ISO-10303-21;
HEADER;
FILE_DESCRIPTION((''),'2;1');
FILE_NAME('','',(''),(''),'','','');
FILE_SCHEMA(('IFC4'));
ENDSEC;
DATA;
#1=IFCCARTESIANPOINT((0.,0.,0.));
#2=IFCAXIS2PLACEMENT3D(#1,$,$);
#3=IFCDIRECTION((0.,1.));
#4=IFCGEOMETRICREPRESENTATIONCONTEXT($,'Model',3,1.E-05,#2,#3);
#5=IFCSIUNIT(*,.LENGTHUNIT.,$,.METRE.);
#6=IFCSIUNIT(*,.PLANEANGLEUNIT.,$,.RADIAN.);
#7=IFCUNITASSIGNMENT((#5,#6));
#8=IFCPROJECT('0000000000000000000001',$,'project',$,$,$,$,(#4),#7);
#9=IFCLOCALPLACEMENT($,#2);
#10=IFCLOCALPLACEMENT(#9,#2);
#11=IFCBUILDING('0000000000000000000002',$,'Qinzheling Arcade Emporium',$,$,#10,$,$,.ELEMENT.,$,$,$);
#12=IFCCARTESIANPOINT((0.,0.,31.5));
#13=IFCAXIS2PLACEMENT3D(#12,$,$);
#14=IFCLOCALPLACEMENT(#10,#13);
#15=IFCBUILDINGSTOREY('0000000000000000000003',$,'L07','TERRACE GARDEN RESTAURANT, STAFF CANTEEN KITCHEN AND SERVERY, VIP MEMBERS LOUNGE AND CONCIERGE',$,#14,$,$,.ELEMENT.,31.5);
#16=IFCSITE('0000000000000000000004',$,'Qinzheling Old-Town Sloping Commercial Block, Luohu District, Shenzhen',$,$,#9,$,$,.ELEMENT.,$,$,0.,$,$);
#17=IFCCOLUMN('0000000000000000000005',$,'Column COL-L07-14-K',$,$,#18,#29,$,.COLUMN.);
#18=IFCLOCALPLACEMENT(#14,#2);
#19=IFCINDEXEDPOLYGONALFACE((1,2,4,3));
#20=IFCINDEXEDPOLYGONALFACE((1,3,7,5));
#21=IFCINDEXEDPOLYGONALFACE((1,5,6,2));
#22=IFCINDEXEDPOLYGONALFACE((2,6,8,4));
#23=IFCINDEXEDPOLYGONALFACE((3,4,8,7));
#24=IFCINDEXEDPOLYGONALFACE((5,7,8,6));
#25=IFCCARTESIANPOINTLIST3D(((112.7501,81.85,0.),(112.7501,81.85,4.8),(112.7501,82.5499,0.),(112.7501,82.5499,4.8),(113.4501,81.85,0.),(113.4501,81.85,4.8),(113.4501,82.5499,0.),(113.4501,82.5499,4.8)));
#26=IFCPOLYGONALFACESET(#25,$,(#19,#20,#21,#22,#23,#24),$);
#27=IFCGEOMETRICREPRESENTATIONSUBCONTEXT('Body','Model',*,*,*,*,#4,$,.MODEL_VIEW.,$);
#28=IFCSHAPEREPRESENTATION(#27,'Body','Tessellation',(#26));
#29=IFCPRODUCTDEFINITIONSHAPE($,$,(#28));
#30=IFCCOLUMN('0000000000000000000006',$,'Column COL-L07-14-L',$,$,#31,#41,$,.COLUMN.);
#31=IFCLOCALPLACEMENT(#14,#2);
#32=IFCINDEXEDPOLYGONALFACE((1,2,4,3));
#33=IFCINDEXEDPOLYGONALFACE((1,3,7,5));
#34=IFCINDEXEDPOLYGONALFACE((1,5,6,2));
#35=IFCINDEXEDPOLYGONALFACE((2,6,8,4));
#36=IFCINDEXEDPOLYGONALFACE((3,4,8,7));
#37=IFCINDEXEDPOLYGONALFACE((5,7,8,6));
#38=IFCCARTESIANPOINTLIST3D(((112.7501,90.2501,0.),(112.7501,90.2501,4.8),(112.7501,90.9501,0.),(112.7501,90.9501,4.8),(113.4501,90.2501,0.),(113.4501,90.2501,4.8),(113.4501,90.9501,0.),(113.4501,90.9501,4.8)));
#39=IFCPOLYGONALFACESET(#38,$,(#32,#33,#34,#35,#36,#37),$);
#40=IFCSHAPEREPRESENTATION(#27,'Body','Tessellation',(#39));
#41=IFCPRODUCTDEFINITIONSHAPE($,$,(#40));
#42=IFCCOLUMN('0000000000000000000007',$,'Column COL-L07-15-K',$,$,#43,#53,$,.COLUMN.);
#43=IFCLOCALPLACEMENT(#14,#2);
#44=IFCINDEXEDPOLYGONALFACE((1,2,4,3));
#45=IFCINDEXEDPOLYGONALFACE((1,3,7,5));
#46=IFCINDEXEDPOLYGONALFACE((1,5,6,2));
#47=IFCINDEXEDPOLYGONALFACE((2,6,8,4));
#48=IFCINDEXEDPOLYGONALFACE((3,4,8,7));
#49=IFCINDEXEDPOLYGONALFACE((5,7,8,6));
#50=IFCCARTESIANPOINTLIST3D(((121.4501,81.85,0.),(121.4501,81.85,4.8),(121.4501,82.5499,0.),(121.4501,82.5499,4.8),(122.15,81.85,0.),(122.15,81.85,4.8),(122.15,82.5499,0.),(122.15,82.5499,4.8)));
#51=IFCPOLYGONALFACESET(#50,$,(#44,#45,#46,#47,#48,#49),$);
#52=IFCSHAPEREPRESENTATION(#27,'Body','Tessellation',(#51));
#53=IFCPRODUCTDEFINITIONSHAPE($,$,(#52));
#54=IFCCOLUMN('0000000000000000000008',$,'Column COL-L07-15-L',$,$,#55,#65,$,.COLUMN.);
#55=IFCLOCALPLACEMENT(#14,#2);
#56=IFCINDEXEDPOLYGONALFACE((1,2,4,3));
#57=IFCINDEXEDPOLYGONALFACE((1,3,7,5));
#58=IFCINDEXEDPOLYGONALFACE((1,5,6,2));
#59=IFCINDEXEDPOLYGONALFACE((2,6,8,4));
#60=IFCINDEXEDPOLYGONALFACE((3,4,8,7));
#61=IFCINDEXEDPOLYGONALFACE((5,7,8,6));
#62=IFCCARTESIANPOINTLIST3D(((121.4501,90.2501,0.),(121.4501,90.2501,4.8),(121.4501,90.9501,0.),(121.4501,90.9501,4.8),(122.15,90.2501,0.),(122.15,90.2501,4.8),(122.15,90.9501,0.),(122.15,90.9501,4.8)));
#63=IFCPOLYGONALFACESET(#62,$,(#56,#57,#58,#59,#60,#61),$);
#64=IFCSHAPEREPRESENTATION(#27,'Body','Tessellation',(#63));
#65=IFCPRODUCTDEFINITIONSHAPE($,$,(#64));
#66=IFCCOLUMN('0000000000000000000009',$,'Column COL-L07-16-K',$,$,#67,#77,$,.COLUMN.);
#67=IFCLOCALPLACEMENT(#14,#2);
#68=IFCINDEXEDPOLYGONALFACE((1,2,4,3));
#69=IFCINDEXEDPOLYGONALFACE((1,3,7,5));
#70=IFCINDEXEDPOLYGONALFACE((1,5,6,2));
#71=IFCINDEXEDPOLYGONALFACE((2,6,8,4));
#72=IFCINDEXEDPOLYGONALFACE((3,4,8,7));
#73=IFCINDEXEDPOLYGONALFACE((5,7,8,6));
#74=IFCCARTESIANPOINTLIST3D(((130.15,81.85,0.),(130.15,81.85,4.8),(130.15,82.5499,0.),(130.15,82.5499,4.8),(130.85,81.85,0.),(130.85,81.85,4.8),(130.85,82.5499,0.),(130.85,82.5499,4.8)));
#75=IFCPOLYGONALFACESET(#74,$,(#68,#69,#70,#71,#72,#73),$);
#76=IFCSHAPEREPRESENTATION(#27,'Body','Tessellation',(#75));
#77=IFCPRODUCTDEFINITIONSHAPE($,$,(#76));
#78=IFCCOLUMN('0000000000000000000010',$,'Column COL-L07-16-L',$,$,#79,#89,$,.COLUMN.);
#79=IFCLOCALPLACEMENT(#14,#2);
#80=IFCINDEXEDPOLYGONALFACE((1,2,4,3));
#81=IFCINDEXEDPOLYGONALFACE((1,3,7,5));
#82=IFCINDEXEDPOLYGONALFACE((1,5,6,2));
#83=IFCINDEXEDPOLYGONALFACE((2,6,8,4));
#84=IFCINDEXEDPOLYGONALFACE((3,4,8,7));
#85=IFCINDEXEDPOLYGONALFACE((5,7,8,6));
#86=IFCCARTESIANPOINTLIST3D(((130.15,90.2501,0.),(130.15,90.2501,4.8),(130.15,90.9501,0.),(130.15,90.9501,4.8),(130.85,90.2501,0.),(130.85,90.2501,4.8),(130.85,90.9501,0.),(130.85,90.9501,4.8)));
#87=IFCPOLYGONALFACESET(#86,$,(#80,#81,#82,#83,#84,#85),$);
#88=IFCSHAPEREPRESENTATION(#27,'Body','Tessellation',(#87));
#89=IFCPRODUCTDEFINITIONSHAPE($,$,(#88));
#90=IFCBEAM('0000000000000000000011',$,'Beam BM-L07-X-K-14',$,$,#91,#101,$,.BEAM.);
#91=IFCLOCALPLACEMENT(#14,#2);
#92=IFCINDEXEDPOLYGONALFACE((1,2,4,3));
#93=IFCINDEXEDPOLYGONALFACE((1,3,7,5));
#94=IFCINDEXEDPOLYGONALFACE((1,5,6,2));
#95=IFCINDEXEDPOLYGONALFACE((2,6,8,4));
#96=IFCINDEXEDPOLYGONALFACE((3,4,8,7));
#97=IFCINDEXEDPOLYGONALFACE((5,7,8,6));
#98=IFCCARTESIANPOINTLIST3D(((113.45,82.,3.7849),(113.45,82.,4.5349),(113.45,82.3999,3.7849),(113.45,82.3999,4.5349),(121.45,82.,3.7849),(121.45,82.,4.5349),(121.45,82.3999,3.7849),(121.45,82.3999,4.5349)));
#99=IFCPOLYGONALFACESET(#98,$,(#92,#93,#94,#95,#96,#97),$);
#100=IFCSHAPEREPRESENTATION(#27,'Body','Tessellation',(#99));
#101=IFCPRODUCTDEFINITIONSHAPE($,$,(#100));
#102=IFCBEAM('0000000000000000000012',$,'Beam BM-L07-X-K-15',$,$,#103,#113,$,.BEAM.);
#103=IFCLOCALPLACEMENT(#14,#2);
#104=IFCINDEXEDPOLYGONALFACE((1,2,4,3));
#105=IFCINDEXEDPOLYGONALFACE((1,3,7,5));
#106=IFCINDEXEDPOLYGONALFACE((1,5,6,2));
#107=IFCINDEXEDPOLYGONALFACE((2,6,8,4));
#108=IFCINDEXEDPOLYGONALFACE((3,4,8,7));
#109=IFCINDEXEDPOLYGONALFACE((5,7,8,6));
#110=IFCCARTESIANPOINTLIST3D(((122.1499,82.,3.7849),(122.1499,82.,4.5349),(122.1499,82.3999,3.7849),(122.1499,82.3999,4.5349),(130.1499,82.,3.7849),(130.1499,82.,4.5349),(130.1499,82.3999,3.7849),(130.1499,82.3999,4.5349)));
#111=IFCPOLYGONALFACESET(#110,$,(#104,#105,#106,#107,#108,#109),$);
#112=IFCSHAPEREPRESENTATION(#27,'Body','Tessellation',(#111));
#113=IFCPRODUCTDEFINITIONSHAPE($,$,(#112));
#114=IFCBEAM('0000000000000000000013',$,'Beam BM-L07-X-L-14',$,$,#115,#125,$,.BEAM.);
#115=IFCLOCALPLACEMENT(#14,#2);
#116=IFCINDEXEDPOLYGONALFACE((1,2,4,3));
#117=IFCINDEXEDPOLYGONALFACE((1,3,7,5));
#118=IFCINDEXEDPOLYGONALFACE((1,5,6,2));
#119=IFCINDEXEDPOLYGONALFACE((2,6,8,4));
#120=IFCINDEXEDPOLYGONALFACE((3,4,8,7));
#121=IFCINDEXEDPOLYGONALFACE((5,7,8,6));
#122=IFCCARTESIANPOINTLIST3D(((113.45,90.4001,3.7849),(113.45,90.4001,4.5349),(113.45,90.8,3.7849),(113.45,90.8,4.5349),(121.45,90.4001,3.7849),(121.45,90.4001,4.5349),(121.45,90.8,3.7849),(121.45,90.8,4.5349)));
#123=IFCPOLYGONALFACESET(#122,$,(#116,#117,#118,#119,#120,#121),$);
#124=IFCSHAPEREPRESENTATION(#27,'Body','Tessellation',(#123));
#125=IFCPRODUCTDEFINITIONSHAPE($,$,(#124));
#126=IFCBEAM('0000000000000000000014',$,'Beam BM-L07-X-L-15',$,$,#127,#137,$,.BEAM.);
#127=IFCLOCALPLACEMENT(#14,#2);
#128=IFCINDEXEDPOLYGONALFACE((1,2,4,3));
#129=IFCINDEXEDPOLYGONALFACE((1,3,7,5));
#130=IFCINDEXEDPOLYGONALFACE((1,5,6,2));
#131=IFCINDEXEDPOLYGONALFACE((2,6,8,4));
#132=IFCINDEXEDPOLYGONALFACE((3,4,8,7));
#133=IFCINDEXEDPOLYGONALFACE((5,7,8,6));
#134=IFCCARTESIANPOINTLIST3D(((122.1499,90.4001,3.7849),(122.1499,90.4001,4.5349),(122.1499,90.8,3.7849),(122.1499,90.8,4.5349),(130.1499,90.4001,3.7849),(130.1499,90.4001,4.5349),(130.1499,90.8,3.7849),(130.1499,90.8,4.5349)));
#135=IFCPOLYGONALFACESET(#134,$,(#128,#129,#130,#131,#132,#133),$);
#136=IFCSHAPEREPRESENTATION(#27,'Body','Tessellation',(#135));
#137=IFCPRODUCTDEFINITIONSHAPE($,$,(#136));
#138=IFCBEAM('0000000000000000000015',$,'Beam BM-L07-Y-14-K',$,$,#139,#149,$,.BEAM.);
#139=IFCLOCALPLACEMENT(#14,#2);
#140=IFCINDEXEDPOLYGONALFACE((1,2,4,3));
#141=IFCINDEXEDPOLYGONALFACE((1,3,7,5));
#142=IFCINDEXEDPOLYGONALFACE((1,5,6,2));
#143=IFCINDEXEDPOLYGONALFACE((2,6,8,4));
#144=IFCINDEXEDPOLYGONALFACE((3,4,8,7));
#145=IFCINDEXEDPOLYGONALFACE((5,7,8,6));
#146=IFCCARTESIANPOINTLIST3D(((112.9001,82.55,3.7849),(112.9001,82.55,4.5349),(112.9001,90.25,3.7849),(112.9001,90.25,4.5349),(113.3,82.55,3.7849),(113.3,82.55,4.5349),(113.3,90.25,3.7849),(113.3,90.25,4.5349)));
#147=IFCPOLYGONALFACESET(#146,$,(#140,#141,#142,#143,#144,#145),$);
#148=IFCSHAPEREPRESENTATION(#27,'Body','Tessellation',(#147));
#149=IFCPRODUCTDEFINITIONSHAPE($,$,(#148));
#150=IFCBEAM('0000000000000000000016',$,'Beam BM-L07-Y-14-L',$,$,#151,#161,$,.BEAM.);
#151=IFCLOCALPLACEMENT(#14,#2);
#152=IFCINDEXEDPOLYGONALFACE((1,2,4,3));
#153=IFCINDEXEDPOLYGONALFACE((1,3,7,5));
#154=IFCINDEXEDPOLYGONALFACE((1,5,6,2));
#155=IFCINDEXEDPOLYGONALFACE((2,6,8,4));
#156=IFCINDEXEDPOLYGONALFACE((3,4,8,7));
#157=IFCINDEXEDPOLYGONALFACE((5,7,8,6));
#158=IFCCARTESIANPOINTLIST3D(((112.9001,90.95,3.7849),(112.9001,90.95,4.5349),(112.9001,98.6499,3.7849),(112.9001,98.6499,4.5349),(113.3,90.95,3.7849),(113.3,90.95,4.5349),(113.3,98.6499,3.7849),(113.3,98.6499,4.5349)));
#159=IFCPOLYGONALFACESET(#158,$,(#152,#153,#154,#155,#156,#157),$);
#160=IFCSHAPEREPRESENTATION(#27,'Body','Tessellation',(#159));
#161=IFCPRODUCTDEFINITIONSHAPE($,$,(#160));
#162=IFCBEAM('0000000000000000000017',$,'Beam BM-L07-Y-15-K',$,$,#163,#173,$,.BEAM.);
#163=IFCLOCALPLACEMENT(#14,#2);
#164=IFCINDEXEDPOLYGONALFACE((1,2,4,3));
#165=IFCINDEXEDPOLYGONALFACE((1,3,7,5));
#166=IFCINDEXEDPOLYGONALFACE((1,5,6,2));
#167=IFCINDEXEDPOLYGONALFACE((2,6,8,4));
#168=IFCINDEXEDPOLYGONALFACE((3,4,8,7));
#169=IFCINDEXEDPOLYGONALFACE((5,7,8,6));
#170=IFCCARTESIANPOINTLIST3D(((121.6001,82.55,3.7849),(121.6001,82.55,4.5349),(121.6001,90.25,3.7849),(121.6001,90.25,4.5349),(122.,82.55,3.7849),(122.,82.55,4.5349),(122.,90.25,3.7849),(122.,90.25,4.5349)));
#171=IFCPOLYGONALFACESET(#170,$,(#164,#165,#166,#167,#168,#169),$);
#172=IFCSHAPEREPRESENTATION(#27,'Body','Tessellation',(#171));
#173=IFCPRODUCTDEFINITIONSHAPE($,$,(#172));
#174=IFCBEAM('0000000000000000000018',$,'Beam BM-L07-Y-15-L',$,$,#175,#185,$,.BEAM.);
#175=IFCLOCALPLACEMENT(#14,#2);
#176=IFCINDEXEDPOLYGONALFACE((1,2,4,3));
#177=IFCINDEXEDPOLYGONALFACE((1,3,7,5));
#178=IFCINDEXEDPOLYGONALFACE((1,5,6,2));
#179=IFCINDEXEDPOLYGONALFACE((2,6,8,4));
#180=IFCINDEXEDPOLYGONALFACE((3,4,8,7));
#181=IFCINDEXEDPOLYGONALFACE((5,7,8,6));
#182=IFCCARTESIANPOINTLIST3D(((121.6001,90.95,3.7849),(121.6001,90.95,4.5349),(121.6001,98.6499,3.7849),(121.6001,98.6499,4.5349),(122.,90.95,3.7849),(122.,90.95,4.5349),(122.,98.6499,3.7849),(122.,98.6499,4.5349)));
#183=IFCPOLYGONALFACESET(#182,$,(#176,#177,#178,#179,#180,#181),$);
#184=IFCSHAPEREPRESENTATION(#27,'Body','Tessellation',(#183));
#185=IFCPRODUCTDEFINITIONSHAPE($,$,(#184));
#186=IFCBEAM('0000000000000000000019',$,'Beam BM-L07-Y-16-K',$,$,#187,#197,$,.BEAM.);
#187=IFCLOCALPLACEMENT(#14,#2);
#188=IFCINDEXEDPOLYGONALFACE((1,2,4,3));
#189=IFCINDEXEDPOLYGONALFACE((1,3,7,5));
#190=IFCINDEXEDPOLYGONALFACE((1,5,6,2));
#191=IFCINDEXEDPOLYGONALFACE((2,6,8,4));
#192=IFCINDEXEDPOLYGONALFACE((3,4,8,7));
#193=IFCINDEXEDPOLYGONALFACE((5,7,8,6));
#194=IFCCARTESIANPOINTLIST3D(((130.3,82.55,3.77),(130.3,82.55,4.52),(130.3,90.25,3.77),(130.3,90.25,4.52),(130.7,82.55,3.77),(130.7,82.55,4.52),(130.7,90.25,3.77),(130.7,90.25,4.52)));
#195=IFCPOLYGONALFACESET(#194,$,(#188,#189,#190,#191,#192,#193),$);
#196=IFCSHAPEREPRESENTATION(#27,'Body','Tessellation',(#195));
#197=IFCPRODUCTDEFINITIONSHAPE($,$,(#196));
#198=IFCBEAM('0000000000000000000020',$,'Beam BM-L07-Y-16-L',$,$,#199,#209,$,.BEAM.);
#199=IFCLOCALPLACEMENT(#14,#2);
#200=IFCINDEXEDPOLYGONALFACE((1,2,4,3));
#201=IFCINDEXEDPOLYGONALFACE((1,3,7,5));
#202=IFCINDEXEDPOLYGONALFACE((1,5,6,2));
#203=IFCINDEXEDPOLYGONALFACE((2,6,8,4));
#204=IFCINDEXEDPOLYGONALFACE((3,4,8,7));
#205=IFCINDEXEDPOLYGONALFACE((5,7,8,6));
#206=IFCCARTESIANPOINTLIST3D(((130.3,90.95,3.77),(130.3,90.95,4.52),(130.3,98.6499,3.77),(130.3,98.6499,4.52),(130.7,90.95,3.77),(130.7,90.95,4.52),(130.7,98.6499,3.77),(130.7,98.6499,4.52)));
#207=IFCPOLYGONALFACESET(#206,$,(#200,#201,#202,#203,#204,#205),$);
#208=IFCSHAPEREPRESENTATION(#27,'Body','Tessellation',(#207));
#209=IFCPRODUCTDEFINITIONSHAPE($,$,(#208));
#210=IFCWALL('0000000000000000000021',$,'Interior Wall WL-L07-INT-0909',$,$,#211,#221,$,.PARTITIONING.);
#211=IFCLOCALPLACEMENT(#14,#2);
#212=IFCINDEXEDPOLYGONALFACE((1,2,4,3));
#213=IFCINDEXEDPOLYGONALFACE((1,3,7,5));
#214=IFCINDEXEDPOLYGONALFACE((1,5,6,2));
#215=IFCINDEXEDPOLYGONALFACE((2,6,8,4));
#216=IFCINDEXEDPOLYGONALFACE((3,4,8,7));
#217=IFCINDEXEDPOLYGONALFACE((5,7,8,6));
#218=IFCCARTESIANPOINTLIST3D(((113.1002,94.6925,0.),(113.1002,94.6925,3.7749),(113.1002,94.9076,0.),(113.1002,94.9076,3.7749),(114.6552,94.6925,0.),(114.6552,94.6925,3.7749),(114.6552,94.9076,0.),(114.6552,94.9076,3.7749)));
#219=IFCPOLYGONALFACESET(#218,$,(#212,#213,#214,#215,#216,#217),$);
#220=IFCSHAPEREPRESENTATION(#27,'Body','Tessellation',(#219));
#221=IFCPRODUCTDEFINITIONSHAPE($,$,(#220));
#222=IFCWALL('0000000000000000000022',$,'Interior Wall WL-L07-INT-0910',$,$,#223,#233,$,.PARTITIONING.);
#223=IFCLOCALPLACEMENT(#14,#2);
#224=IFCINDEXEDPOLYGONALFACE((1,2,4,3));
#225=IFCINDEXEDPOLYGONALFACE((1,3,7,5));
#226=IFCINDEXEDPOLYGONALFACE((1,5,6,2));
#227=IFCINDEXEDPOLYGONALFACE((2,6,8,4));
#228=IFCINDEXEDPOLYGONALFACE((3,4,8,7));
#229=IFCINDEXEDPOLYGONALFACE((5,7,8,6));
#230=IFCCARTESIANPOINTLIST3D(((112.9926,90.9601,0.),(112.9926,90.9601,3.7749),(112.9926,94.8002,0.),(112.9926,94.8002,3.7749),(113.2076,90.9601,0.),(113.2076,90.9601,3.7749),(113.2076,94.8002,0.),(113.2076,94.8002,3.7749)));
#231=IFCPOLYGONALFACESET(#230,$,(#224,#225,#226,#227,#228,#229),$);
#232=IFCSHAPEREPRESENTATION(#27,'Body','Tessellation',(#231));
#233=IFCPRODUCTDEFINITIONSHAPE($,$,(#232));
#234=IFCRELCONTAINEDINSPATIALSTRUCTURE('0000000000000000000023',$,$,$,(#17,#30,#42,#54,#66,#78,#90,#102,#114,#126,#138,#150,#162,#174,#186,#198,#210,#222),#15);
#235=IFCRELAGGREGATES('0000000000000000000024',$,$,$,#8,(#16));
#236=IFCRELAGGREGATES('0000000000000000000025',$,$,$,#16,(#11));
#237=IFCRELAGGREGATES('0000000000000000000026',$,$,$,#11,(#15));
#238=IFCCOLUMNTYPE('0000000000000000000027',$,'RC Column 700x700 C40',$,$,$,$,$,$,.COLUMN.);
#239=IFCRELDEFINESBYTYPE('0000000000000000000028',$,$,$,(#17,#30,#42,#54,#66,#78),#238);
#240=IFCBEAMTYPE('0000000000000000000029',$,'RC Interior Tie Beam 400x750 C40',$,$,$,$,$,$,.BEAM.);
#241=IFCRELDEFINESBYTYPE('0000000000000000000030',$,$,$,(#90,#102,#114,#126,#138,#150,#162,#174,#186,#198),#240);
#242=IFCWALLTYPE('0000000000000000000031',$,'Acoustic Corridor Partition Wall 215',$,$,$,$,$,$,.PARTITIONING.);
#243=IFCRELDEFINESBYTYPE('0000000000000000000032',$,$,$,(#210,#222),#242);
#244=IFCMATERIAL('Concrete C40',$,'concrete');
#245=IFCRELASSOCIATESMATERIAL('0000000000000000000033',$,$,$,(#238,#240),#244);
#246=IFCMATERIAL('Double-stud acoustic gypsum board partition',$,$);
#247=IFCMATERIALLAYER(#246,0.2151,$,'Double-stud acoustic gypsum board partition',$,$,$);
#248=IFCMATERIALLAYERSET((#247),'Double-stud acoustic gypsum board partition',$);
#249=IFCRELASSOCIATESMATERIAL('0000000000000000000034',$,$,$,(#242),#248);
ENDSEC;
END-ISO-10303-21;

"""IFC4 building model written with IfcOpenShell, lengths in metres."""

from ifc_helpers import new_model, si_unit, direction, frame, frame_2d, origin, origin_2d, place, context, subcontext, project, spatial, rectangle, extrude, material, layer, layer_set, material_profile, profile_set, type_object, element, save


model = new_model("IFC4")

# Units and contexts
model_context = context("Model", 3, precision=1e-05, world=origin(), true_north=direction((0.0, 1.0)))
body_context = subcontext(model_context, "Body", "Model", "MODEL_VIEW")
ifc_project = project(units=[si_unit("LENGTHUNIT", "METRE"), si_unit("PLANEANGLEUNIT", "RADIAN")], contexts=[model_context])

# Site, building, storey
site_placement = place(None, origin())
site = spatial("IfcSite", under=ifc_project, at=site_placement, Name="Qinzheling Old-Town Sloping Commercial Block, Luohu District, Shenzhen", CompositionType="ELEMENT", RefElevation=0.0)
building_placement = place(site_placement, origin())
building = spatial("IfcBuilding", under=site, at=building_placement, Name="Qinzheling Arcade Emporium", CompositionType="ELEMENT")
storey_placement = place(building_placement, frame((0.0, 0.0, 31.5)))
storey = spatial("IfcBuildingStorey", under=building, at=storey_placement, Name="L07", Description="TERRACE GARDEN RESTAURANT, STAFF CANTEEN KITCHEN AND SERVERY, VIP MEMBERS LOUNGE AND CONCIERGE", CompositionType="ELEMENT", Elevation=31.5)

# Columns
ifc_material_1 = material(Name="Concrete C40", Category="concrete")
ifc_material_profile_1 = material_profile(ifc_material_1, rectangle(XDim=0.7, YDim=0.7, at=origin_2d()), Name="RC 700x700", Category="concrete")
ifc_profile_set_1 = profile_set([ifc_material_profile_1], Name="Concrete C40")
column_type = type_object("IfcColumnType", Name="RC Column 700x700 C40", PredefinedType="COLUMN", material=ifc_profile_set_1)
for number, where, z_axis, x_axis, name in (
    (1, (113.1001, 82.2, 0.0), (0.0, 0.0, 1.0), (1.0, 0.0, 0.0), "Column COL-L07-14-K"),
    (2, (113.1001, 90.6001, 0.0), (0.0, 0.0, 1.0), (1.0, 0.0, 0.0), "Column COL-L07-14-L"),
    (3, (121.8, 82.2, 0.0), (0.0, 0.0, 1.0), (1.0, 0.0, 0.0), "Column COL-L07-15-K"),
    (4, (121.8, 90.6001, 0.0), (0.0, 0.0, 1.0), (1.0, 0.0, 0.0), "Column COL-L07-15-L"),
    (5, (130.5, 82.2, 0.0), (0.0, 0.0, 1.0), (1.0, 0.0, 0.0), "Column COL-L07-16-K"),
    (6, (130.5, 90.6001, 0.0), (0.0, 0.0, 1.0), (1.0, 0.0, 0.0), "Column COL-L07-16-L"),
):
    element("IfcColumn", number, at=place(storey_placement, frame(where, z_axis=z_axis, x_axis=x_axis)), inside=storey, type_object=column_type, Name=name, PredefinedType="COLUMN", context=body_context, shape_type="SweptSolid", body=[
        extrude(rectangle(XDim=0.7, YDim=0.7, at=origin_2d()), origin(), (0.0, 0.0, 1.0), 4.8),
    ])

# Beams
ifc_material_profile_2 = material_profile(ifc_material_1, rectangle(XDim=0.3999, YDim=0.75, at=origin_2d()), Name="RC 400x750", Category="concrete")
ifc_profile_set_2 = profile_set([ifc_material_profile_2], Name="Concrete C40")
beam_type = type_object("IfcBeamType", Name="RC Interior Tie Beam 400x750 C40", PredefinedType="BEAM", material=ifc_profile_set_2)
for number, where, z_axis, x_axis, name in (
    (7, (113.45, 82.2, 4.1599), (1.0, 0.0, 0.0), (0.0, 1.0, 0.0), "Beam BM-L07-X-K-14"),
    (8, (122.1499, 82.2, 4.1599), (1.0, 0.0, 0.0), (0.0, 1.0, 0.0), "Beam BM-L07-X-K-15"),
    (9, (113.45, 90.6001, 4.1599), (1.0, 0.0, 0.0), (0.0, 1.0, 0.0), "Beam BM-L07-X-L-14"),
    (10, (122.1499, 90.6001, 4.1599), (1.0, 0.0, 0.0), (0.0, 1.0, 0.0), "Beam BM-L07-X-L-15"),
):
    element("IfcBeam", number, at=place(storey_placement, frame(where, z_axis=z_axis, x_axis=x_axis)), inside=storey, type_object=beam_type, Name=name, PredefinedType="BEAM", context=body_context, shape_type="SweptSolid", body=[
        extrude(rectangle(XDim=0.3999, YDim=0.75, at=origin_2d()), origin(), (0.0, 0.0, 1.0), 8.0),
    ])
for number, where, z_axis, x_axis, name in (
    (11, (113.1001, 82.55, 4.1599), (0.0, 1.0, 0.0), (-1.0, 0.0, 0.0), "Beam BM-L07-Y-14-K"),
    (12, (113.1001, 90.95, 4.1599), (0.0, 1.0, 0.0), (-1.0, 0.0, 0.0), "Beam BM-L07-Y-14-L"),
    (13, (121.8, 82.55, 4.1599), (0.0, 1.0, 0.0), (-1.0, 0.0, 0.0), "Beam BM-L07-Y-15-K"),
    (14, (121.8, 90.95, 4.1599), (0.0, 1.0, 0.0), (-1.0, 0.0, 0.0), "Beam BM-L07-Y-15-L"),
    (15, (130.5, 82.55, 4.145), (0.0, 1.0, 0.0), (-1.0, 0.0, 0.0), "Beam BM-L07-Y-16-K"),
    (16, (130.5, 90.95, 4.145), (0.0, 1.0, 0.0), (-1.0, 0.0, 0.0), "Beam BM-L07-Y-16-L"),
):
    element("IfcBeam", number, at=place(storey_placement, frame(where, z_axis=z_axis, x_axis=x_axis)), inside=storey, type_object=beam_type, Name=name, PredefinedType="BEAM", context=body_context, shape_type="SweptSolid", body=[
        extrude(rectangle(XDim=0.3999, YDim=0.75, at=origin_2d()), origin(), (0.0, 0.0, 1.0), 7.7),
    ])

# Walls
ifc_material_2 = material(Name="Double-stud acoustic gypsum board partition")
ifc_layer_1 = layer(ifc_material_2, 0.2151, Name="Double-stud acoustic gypsum board partition")
ifc_layer_set_1 = layer_set([ifc_layer_1], Name="Double-stud acoustic gypsum board partition")
wall_type_1 = type_object("IfcWallType", Name="Acoustic Corridor Partition Wall 215", PredefinedType="PARTITIONING", material=ifc_layer_set_1)
wall_1_placement = place(storey_placement, frame((114.655, 94.8, 0.0), z_axis=(0.0, 0.0, 1.0), x_axis=(-1.0, 0.0, 0.0)))
element("IfcWall", 17, at=wall_1_placement, inside=storey, type_object=wall_type_1, Name="Interior Wall WL-L07-INT-0909", PredefinedType="PARTITIONING", context=body_context, shape_type="SweptSolid", body=[
    extrude(rectangle(XDim=1.5549, YDim=0.2151, at=frame_2d((0.7773, 0.0))), origin(), (0.0, 0.0, 1.0), 3.7749),
])
wall_2_placement = place(storey_placement, frame((113.1001, 94.8, 0.0), z_axis=(0.0, 0.0, 1.0), x_axis=(0.0, -1.0, 0.0)))
element("IfcWall", 18, at=wall_2_placement, inside=storey, type_object=wall_type_1, Name="Interior Wall WL-L07-INT-0910", PredefinedType="PARTITIONING", context=body_context, shape_type="SweptSolid", body=[
    extrude(rectangle(XDim=3.8401, YDim=0.2151, at=frame_2d((1.9199, 0.0))), origin(), (0.0, 0.0, 1.0), 3.7749),
])

save(model, "model.ifc")
